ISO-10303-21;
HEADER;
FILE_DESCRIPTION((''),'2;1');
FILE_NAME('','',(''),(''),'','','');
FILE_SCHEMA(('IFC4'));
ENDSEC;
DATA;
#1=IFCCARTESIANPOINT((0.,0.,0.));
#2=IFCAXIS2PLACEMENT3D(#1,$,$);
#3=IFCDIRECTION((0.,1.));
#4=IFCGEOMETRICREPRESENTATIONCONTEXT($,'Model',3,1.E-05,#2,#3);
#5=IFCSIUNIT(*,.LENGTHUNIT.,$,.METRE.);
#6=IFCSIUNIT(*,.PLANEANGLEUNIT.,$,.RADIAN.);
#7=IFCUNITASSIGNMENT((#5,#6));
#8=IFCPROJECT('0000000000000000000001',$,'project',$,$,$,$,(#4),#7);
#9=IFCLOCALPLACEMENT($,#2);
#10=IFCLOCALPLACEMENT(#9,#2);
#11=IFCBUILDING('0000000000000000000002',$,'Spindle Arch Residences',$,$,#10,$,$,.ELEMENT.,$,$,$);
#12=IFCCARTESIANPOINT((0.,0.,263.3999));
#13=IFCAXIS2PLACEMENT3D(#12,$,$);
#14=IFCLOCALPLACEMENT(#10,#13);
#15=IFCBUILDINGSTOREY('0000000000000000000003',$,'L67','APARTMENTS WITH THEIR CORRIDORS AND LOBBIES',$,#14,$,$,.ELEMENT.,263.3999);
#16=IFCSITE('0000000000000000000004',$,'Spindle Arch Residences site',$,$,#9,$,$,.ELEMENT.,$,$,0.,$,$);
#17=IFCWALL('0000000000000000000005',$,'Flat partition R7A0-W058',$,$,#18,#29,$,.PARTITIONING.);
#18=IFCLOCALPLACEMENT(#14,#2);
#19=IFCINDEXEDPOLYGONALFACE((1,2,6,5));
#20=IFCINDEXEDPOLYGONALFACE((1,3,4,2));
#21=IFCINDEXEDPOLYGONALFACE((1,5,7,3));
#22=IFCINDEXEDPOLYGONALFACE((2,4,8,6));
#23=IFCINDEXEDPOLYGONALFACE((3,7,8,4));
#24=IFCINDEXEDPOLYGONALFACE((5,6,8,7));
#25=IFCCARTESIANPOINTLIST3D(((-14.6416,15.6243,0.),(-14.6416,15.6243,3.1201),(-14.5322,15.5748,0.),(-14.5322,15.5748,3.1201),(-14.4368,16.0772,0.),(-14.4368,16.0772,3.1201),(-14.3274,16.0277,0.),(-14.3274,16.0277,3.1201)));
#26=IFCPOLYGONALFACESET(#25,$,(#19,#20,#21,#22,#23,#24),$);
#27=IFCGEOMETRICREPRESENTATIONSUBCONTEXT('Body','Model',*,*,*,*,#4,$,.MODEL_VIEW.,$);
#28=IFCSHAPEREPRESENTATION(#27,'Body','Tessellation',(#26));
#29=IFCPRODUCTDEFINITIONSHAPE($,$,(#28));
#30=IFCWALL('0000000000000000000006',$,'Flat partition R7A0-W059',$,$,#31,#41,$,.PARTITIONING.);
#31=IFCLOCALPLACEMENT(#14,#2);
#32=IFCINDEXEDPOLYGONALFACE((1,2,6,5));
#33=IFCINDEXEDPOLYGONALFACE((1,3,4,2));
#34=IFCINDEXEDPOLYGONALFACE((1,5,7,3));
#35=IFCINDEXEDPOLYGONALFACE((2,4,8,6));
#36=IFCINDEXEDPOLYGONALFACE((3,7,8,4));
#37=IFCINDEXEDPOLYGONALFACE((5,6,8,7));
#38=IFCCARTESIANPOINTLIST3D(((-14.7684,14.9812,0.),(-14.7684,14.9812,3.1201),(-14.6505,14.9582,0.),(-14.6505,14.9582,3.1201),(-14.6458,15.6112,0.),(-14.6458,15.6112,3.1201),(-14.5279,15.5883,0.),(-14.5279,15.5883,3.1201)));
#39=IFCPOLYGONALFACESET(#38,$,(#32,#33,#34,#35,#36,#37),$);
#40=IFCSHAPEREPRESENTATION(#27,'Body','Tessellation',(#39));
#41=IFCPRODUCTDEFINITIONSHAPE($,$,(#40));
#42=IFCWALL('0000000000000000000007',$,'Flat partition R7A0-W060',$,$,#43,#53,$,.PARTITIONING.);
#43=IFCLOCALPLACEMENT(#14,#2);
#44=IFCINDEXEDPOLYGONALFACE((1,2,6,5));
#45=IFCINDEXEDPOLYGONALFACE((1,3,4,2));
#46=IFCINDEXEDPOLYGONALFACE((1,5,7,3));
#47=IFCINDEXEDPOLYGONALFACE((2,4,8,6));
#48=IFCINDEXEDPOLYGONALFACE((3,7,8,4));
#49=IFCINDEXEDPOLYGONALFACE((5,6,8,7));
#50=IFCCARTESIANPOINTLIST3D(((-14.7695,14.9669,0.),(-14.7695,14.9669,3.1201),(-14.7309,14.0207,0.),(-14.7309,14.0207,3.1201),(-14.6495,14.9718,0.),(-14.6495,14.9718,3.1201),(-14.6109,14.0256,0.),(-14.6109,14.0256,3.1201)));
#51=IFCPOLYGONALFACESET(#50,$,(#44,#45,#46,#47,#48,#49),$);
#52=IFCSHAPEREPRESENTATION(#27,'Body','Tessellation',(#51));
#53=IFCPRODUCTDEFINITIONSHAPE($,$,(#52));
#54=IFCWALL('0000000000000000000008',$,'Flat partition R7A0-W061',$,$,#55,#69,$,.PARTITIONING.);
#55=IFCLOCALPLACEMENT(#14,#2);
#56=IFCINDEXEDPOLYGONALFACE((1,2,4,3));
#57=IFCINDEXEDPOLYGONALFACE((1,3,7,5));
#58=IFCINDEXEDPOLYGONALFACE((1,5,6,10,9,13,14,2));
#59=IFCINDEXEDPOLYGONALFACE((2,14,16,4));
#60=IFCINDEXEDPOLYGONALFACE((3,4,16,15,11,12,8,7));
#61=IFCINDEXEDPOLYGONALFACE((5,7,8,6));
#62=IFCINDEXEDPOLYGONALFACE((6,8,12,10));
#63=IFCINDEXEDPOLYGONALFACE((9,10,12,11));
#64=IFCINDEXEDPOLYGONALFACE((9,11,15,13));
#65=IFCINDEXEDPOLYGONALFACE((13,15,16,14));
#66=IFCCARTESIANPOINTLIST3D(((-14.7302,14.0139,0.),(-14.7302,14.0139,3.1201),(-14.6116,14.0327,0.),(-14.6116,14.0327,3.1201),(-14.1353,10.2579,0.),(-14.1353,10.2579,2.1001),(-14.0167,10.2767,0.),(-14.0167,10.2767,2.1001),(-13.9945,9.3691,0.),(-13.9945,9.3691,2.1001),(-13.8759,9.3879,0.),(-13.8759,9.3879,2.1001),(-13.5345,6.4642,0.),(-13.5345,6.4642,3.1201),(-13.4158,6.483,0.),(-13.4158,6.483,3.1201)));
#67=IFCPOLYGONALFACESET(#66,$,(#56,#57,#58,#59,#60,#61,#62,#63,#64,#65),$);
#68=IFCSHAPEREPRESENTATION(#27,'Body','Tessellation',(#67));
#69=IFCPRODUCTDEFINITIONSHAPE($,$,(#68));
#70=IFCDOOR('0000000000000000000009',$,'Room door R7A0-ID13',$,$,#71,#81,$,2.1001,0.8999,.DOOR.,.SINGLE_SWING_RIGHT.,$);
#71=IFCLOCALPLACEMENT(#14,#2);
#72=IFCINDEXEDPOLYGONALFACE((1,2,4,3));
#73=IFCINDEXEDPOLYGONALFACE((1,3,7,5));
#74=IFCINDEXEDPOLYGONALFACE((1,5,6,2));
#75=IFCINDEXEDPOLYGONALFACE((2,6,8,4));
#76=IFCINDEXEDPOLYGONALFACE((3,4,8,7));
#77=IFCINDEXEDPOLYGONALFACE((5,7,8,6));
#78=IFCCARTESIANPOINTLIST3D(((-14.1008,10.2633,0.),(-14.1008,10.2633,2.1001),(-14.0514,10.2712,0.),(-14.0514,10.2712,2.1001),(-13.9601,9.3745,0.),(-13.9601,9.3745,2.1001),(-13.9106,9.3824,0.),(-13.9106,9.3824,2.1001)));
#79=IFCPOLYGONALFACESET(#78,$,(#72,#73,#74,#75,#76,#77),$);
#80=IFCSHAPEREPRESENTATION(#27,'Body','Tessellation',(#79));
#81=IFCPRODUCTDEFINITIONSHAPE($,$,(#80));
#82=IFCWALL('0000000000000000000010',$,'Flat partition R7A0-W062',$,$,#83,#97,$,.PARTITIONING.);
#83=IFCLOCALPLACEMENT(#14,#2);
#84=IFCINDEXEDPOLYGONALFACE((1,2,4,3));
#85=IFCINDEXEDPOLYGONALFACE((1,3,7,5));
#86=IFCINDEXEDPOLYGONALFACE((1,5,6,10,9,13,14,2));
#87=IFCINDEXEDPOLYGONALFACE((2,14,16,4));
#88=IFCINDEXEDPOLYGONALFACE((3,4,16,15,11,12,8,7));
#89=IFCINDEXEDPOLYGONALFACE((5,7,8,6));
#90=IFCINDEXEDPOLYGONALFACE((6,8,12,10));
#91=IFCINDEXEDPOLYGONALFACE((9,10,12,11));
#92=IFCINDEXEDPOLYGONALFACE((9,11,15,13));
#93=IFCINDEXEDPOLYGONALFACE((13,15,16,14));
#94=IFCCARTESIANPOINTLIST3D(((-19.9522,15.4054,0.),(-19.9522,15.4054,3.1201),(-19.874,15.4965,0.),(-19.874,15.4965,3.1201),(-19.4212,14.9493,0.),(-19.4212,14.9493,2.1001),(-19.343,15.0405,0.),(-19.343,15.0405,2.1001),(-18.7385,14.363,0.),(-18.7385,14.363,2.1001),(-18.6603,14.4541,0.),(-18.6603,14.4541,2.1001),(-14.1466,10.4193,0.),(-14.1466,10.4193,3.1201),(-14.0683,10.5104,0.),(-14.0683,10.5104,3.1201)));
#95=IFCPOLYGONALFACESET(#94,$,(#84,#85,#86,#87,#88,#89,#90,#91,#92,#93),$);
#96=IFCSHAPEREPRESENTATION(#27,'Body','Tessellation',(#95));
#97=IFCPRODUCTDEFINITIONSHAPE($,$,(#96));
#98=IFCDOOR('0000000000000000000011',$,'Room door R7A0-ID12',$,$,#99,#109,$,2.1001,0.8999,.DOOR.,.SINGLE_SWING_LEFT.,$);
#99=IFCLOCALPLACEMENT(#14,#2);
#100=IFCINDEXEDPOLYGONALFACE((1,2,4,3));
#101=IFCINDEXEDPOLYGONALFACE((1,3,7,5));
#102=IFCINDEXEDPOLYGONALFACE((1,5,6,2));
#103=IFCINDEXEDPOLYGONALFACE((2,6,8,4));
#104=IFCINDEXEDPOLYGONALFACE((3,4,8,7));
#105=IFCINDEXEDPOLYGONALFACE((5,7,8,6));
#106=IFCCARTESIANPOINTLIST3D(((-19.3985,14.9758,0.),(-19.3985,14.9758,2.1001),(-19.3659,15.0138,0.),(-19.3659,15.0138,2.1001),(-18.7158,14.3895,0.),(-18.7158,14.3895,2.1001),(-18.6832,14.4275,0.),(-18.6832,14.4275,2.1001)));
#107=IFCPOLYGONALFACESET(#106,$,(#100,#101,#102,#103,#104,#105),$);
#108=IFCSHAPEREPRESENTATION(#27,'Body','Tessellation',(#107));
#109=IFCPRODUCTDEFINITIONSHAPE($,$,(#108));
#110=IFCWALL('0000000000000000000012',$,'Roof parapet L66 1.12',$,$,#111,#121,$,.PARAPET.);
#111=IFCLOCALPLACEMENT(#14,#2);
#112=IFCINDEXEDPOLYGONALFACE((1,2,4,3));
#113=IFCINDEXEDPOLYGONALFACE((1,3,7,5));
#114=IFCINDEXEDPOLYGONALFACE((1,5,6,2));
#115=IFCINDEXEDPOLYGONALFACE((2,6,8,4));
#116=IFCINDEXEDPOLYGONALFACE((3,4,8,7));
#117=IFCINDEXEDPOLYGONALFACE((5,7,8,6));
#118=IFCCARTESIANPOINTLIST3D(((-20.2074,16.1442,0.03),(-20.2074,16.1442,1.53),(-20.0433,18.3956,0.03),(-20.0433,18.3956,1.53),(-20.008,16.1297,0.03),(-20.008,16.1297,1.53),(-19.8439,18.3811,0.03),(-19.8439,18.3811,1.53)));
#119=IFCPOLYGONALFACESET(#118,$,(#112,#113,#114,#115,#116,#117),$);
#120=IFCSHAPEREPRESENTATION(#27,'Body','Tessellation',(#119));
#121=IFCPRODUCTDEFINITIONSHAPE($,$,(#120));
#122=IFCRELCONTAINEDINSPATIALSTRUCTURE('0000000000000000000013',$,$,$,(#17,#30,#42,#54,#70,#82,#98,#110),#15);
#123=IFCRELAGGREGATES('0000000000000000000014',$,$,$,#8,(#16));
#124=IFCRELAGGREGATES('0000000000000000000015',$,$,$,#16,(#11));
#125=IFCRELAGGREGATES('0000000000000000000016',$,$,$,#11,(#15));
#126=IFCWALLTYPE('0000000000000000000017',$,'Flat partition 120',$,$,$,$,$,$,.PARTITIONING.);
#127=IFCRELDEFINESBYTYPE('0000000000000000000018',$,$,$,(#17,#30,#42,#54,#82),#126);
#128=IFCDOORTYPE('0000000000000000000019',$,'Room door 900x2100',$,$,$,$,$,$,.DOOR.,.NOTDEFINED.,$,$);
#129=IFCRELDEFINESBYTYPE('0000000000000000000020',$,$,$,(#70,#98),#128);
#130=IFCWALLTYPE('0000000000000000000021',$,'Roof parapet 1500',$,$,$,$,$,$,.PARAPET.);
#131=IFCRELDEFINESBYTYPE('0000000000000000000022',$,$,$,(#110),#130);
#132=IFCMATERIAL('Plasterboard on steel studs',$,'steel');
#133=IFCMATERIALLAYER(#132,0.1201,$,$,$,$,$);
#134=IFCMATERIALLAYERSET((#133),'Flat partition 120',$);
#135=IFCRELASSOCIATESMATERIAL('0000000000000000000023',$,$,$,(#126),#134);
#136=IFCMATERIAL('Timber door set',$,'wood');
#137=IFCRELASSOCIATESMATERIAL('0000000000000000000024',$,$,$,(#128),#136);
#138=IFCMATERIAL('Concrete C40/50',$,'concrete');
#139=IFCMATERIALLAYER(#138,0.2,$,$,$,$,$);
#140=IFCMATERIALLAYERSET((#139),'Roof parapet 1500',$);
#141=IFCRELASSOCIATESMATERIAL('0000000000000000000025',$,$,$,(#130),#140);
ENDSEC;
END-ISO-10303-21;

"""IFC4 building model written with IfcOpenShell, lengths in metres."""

from ifc_helpers import new_model, si_unit, direction, frame, frame_2d, origin, place, context, subcontext, project, spatial, rectangle, extrude, material, layer, layer_set, type_object, element, fill, save


model = new_model("IFC4")

# Units and contexts
model_context = context("Model", 3, precision=1e-05, world=origin(), true_north=direction((0.0, 1.0)))
body_context = subcontext(model_context, "Body", "Model", "MODEL_VIEW")
ifc_project = project(units=[si_unit("LENGTHUNIT", "METRE"), si_unit("PLANEANGLEUNIT", "RADIAN")], contexts=[model_context])

# Site, building, storey
site_placement = place(None, origin())
site = spatial("IfcSite", under=ifc_project, at=site_placement, Name="Spindle Arch Residences site", CompositionType="ELEMENT", RefElevation=0.0)
building_placement = place(site_placement, origin())
building = spatial("IfcBuilding", under=site, at=building_placement, Name="Spindle Arch Residences", CompositionType="ELEMENT")
storey_placement = place(building_placement, frame((0.0, 0.0, 263.3999)))
storey = spatial("IfcBuildingStorey", under=building, at=storey_placement, Name="L67", Description="APARTMENTS WITH THEIR CORRIDORS AND LOBBIES", CompositionType="ELEMENT", Elevation=263.3999)

# Shared definitions
ifc_material_1 = material(Name="Plasterboard on steel studs", Category="steel")
ifc_layer_1 = layer(ifc_material_1, 0.1201)
ifc_layer_set_1 = layer_set([ifc_layer_1], Name="Flat partition 120")
wall_type_1 = type_object("IfcWallType", Name="Flat partition 120", PredefinedType="PARTITIONING", material=ifc_layer_set_1)
ifc_material_2 = material(Name="Timber door set", Category="wood")
door_type = type_object("IfcDoorType", Name="Room door 900x2100", OperationType="NOTDEFINED", PredefinedType="DOOR", material=ifc_material_2)

# Walls
wall_1_placement = place(storey_placement, frame((-14.3821, 16.0525, 0.0), z_axis=(0.0, 0.0, 1.0), x_axis=(-0.4121, -0.911139, 0.0)))
element("IfcWall", 1, at=wall_1_placement, inside=storey, type_object=wall_type_1, Name="Flat partition R7A0-W058", PredefinedType="PARTITIONING", context=body_context, shape_type="SweptSolid", body=[
    extrude(rectangle(XDim=0.4971, YDim=0.1201, at=frame_2d((0.2485, 0.0))), origin(), (0.0, 0.0, 1.0), 3.1201),
])
wall_2_placement = place(storey_placement, frame((-14.5869, 15.5996, 0.0), z_axis=(0.0, 0.0, 1.0), x_axis=(-0.190921, -0.981605, 0.0)))
element("IfcWall", 2, at=wall_2_placement, inside=storey, type_object=wall_type_1, Name="Flat partition R7A0-W059", PredefinedType="PARTITIONING", context=body_context, shape_type="SweptSolid", body=[
    extrude(rectangle(XDim=0.6418, YDim=0.1201, at=frame_2d((0.3208, 0.0))), origin(), (0.0, 0.0, 1.0), 3.1201),
])
wall_3_placement = place(storey_placement, frame((-14.7095, 14.9695, 0.0), z_axis=(0.0, 0.0, 1.0), x_axis=(0.04073, -0.99917, 0.0)))
element("IfcWall", 3, at=wall_3_placement, inside=storey, type_object=wall_type_1, Name="Flat partition R7A0-W060", PredefinedType="PARTITIONING", context=body_context, shape_type="SweptSolid", body=[
    extrude(rectangle(XDim=0.947, YDim=0.1201, at=frame_2d((0.4736, 0.0))), origin(), (0.0, 0.0, 1.0), 3.1201),
])

# Walls, openings, doors
wall_4_placement = place(storey_placement, frame((-14.6709, 14.0232, 0.0), z_axis=(0.0, 0.0, 1.0), x_axis=(0.156438, -0.987688, 0.0)))
wall_4 = element("IfcWall", 4, at=wall_4_placement, inside=storey, type_object=wall_type_1, Name="Flat partition R7A0-W061", PredefinedType="PARTITIONING", context=body_context, shape_type="SweptSolid", body=[
    extrude(rectangle(XDim=7.6438, YDim=0.1201, at=frame_2d((3.8218, 0.0))), origin(), (0.0, 0.0, 1.0), 3.1201),
])
opening_1_placement = place(wall_4_placement, frame((3.8027, 0.0, 0.0)))
opening_1 = element("IfcOpeningElement", 5, at=opening_1_placement, cuts=wall_4, PredefinedType="OPENING", context=body_context, shape_type="SweptSolid", body=[
    extrude(rectangle(XDim=0.8999, YDim=2.1001, at=frame_2d((0.45, 1.05))), frame((0.0, 0.0701, 0.0), z_axis=(0.0, -1.0, 0.0), x_axis=(1.0, 0.0, 0.0)), (0.0, 0.0, 1.0), 0.1401),
])
door_1_placement = place(opening_1_placement, origin())
door_1 = element("IfcDoor", 6, at=door_1_placement, inside=storey, type_object=door_type, Name="Room door R7A0-ID13", OperationType="SINGLE_SWING_RIGHT", OverallHeight=2.1001, OverallWidth=0.8999, PredefinedType="DOOR", context=body_context, shape_type="SweptSolid", body=[
    extrude(rectangle(XDim=0.8999, YDim=2.1001, at=frame_2d((0.45, 1.05))), frame((0.0, 0.0249, 0.0), z_axis=(0.0, -1.0, 0.0), x_axis=(1.0, 0.0, 0.0)), (0.0, 0.0, 1.0), 0.05),
])
fill(opening_1, door_1)
wall_5_placement = place(storey_placement, frame((-19.9131, 15.4509, 0.0), z_axis=(0.0, 0.0, 1.0), x_axis=(0.758623, -0.651529, 0.0)))
wall_5 = element("IfcWall", 7, at=wall_5_placement, inside=storey, type_object=wall_type_1, Name="Flat partition R7A0-W062", PredefinedType="PARTITIONING", context=body_context, shape_type="SweptSolid", body=[
    extrude(rectangle(XDim=7.6528, YDim=0.1201, at=frame_2d((3.8264, 0.0))), origin(), (0.0, 0.0, 1.0), 3.1201),
])
opening_2_placement = place(wall_5_placement, frame((0.7, 0.0, 0.0)))
opening_2 = element("IfcOpeningElement", 8, at=opening_2_placement, cuts=wall_5, PredefinedType="OPENING", context=body_context, shape_type="SweptSolid", body=[
    extrude(rectangle(XDim=0.8999, YDim=2.1001, at=frame_2d((0.45, 1.05))), frame((0.0, 0.0701, 0.0), z_axis=(0.0, -1.0, 0.0), x_axis=(1.0, 0.0, 0.0)), (0.0, 0.0, 1.0), 0.1401),
])
door_2_placement = place(opening_2_placement, origin())
door_2 = element("IfcDoor", 9, at=door_2_placement, inside=storey, type_object=door_type, Name="Room door R7A0-ID12", OperationType="SINGLE_SWING_LEFT", OverallHeight=2.1001, OverallWidth=0.8999, PredefinedType="DOOR", context=body_context, shape_type="SweptSolid", body=[
    extrude(rectangle(XDim=0.8999, YDim=2.1001, at=frame_2d((0.45, 1.05))), frame((0.0, 0.0249, 0.0), z_axis=(0.0, -1.0, 0.0), x_axis=(1.0, 0.0, 0.0)), (0.0, 0.0, 1.0), 0.05),
])
fill(opening_2, door_2)

# Wall
ifc_material_3 = material(Name="Concrete C40/50", Category="concrete")
ifc_layer_2 = layer(ifc_material_3, 0.2)
ifc_layer_set_2 = layer_set([ifc_layer_2], Name="Roof parapet 1500")
wall_type_2 = type_object("IfcWallType", Name="Roof parapet 1500", PredefinedType="PARAPET", material=ifc_layer_set_2)
wall_6_placement = place(storey_placement, frame((-20.1077, 16.137, 0.03), z_axis=(0.0, 0.0, 1.0), x_axis=(0.072677, 0.997356, 0.0)))
element("IfcWall", 10, at=wall_6_placement, inside=storey, type_object=wall_type_2, Name="Roof parapet L66 1.12", PredefinedType="PARAPET", context=body_context, shape_type="SweptSolid", body=[
    extrude(rectangle(XDim=2.2573, YDim=0.2, at=frame_2d((1.1287, 0.0))), origin(), (0.0, 0.0, 1.0), 1.5),
])

save(model, "model.ifc")
